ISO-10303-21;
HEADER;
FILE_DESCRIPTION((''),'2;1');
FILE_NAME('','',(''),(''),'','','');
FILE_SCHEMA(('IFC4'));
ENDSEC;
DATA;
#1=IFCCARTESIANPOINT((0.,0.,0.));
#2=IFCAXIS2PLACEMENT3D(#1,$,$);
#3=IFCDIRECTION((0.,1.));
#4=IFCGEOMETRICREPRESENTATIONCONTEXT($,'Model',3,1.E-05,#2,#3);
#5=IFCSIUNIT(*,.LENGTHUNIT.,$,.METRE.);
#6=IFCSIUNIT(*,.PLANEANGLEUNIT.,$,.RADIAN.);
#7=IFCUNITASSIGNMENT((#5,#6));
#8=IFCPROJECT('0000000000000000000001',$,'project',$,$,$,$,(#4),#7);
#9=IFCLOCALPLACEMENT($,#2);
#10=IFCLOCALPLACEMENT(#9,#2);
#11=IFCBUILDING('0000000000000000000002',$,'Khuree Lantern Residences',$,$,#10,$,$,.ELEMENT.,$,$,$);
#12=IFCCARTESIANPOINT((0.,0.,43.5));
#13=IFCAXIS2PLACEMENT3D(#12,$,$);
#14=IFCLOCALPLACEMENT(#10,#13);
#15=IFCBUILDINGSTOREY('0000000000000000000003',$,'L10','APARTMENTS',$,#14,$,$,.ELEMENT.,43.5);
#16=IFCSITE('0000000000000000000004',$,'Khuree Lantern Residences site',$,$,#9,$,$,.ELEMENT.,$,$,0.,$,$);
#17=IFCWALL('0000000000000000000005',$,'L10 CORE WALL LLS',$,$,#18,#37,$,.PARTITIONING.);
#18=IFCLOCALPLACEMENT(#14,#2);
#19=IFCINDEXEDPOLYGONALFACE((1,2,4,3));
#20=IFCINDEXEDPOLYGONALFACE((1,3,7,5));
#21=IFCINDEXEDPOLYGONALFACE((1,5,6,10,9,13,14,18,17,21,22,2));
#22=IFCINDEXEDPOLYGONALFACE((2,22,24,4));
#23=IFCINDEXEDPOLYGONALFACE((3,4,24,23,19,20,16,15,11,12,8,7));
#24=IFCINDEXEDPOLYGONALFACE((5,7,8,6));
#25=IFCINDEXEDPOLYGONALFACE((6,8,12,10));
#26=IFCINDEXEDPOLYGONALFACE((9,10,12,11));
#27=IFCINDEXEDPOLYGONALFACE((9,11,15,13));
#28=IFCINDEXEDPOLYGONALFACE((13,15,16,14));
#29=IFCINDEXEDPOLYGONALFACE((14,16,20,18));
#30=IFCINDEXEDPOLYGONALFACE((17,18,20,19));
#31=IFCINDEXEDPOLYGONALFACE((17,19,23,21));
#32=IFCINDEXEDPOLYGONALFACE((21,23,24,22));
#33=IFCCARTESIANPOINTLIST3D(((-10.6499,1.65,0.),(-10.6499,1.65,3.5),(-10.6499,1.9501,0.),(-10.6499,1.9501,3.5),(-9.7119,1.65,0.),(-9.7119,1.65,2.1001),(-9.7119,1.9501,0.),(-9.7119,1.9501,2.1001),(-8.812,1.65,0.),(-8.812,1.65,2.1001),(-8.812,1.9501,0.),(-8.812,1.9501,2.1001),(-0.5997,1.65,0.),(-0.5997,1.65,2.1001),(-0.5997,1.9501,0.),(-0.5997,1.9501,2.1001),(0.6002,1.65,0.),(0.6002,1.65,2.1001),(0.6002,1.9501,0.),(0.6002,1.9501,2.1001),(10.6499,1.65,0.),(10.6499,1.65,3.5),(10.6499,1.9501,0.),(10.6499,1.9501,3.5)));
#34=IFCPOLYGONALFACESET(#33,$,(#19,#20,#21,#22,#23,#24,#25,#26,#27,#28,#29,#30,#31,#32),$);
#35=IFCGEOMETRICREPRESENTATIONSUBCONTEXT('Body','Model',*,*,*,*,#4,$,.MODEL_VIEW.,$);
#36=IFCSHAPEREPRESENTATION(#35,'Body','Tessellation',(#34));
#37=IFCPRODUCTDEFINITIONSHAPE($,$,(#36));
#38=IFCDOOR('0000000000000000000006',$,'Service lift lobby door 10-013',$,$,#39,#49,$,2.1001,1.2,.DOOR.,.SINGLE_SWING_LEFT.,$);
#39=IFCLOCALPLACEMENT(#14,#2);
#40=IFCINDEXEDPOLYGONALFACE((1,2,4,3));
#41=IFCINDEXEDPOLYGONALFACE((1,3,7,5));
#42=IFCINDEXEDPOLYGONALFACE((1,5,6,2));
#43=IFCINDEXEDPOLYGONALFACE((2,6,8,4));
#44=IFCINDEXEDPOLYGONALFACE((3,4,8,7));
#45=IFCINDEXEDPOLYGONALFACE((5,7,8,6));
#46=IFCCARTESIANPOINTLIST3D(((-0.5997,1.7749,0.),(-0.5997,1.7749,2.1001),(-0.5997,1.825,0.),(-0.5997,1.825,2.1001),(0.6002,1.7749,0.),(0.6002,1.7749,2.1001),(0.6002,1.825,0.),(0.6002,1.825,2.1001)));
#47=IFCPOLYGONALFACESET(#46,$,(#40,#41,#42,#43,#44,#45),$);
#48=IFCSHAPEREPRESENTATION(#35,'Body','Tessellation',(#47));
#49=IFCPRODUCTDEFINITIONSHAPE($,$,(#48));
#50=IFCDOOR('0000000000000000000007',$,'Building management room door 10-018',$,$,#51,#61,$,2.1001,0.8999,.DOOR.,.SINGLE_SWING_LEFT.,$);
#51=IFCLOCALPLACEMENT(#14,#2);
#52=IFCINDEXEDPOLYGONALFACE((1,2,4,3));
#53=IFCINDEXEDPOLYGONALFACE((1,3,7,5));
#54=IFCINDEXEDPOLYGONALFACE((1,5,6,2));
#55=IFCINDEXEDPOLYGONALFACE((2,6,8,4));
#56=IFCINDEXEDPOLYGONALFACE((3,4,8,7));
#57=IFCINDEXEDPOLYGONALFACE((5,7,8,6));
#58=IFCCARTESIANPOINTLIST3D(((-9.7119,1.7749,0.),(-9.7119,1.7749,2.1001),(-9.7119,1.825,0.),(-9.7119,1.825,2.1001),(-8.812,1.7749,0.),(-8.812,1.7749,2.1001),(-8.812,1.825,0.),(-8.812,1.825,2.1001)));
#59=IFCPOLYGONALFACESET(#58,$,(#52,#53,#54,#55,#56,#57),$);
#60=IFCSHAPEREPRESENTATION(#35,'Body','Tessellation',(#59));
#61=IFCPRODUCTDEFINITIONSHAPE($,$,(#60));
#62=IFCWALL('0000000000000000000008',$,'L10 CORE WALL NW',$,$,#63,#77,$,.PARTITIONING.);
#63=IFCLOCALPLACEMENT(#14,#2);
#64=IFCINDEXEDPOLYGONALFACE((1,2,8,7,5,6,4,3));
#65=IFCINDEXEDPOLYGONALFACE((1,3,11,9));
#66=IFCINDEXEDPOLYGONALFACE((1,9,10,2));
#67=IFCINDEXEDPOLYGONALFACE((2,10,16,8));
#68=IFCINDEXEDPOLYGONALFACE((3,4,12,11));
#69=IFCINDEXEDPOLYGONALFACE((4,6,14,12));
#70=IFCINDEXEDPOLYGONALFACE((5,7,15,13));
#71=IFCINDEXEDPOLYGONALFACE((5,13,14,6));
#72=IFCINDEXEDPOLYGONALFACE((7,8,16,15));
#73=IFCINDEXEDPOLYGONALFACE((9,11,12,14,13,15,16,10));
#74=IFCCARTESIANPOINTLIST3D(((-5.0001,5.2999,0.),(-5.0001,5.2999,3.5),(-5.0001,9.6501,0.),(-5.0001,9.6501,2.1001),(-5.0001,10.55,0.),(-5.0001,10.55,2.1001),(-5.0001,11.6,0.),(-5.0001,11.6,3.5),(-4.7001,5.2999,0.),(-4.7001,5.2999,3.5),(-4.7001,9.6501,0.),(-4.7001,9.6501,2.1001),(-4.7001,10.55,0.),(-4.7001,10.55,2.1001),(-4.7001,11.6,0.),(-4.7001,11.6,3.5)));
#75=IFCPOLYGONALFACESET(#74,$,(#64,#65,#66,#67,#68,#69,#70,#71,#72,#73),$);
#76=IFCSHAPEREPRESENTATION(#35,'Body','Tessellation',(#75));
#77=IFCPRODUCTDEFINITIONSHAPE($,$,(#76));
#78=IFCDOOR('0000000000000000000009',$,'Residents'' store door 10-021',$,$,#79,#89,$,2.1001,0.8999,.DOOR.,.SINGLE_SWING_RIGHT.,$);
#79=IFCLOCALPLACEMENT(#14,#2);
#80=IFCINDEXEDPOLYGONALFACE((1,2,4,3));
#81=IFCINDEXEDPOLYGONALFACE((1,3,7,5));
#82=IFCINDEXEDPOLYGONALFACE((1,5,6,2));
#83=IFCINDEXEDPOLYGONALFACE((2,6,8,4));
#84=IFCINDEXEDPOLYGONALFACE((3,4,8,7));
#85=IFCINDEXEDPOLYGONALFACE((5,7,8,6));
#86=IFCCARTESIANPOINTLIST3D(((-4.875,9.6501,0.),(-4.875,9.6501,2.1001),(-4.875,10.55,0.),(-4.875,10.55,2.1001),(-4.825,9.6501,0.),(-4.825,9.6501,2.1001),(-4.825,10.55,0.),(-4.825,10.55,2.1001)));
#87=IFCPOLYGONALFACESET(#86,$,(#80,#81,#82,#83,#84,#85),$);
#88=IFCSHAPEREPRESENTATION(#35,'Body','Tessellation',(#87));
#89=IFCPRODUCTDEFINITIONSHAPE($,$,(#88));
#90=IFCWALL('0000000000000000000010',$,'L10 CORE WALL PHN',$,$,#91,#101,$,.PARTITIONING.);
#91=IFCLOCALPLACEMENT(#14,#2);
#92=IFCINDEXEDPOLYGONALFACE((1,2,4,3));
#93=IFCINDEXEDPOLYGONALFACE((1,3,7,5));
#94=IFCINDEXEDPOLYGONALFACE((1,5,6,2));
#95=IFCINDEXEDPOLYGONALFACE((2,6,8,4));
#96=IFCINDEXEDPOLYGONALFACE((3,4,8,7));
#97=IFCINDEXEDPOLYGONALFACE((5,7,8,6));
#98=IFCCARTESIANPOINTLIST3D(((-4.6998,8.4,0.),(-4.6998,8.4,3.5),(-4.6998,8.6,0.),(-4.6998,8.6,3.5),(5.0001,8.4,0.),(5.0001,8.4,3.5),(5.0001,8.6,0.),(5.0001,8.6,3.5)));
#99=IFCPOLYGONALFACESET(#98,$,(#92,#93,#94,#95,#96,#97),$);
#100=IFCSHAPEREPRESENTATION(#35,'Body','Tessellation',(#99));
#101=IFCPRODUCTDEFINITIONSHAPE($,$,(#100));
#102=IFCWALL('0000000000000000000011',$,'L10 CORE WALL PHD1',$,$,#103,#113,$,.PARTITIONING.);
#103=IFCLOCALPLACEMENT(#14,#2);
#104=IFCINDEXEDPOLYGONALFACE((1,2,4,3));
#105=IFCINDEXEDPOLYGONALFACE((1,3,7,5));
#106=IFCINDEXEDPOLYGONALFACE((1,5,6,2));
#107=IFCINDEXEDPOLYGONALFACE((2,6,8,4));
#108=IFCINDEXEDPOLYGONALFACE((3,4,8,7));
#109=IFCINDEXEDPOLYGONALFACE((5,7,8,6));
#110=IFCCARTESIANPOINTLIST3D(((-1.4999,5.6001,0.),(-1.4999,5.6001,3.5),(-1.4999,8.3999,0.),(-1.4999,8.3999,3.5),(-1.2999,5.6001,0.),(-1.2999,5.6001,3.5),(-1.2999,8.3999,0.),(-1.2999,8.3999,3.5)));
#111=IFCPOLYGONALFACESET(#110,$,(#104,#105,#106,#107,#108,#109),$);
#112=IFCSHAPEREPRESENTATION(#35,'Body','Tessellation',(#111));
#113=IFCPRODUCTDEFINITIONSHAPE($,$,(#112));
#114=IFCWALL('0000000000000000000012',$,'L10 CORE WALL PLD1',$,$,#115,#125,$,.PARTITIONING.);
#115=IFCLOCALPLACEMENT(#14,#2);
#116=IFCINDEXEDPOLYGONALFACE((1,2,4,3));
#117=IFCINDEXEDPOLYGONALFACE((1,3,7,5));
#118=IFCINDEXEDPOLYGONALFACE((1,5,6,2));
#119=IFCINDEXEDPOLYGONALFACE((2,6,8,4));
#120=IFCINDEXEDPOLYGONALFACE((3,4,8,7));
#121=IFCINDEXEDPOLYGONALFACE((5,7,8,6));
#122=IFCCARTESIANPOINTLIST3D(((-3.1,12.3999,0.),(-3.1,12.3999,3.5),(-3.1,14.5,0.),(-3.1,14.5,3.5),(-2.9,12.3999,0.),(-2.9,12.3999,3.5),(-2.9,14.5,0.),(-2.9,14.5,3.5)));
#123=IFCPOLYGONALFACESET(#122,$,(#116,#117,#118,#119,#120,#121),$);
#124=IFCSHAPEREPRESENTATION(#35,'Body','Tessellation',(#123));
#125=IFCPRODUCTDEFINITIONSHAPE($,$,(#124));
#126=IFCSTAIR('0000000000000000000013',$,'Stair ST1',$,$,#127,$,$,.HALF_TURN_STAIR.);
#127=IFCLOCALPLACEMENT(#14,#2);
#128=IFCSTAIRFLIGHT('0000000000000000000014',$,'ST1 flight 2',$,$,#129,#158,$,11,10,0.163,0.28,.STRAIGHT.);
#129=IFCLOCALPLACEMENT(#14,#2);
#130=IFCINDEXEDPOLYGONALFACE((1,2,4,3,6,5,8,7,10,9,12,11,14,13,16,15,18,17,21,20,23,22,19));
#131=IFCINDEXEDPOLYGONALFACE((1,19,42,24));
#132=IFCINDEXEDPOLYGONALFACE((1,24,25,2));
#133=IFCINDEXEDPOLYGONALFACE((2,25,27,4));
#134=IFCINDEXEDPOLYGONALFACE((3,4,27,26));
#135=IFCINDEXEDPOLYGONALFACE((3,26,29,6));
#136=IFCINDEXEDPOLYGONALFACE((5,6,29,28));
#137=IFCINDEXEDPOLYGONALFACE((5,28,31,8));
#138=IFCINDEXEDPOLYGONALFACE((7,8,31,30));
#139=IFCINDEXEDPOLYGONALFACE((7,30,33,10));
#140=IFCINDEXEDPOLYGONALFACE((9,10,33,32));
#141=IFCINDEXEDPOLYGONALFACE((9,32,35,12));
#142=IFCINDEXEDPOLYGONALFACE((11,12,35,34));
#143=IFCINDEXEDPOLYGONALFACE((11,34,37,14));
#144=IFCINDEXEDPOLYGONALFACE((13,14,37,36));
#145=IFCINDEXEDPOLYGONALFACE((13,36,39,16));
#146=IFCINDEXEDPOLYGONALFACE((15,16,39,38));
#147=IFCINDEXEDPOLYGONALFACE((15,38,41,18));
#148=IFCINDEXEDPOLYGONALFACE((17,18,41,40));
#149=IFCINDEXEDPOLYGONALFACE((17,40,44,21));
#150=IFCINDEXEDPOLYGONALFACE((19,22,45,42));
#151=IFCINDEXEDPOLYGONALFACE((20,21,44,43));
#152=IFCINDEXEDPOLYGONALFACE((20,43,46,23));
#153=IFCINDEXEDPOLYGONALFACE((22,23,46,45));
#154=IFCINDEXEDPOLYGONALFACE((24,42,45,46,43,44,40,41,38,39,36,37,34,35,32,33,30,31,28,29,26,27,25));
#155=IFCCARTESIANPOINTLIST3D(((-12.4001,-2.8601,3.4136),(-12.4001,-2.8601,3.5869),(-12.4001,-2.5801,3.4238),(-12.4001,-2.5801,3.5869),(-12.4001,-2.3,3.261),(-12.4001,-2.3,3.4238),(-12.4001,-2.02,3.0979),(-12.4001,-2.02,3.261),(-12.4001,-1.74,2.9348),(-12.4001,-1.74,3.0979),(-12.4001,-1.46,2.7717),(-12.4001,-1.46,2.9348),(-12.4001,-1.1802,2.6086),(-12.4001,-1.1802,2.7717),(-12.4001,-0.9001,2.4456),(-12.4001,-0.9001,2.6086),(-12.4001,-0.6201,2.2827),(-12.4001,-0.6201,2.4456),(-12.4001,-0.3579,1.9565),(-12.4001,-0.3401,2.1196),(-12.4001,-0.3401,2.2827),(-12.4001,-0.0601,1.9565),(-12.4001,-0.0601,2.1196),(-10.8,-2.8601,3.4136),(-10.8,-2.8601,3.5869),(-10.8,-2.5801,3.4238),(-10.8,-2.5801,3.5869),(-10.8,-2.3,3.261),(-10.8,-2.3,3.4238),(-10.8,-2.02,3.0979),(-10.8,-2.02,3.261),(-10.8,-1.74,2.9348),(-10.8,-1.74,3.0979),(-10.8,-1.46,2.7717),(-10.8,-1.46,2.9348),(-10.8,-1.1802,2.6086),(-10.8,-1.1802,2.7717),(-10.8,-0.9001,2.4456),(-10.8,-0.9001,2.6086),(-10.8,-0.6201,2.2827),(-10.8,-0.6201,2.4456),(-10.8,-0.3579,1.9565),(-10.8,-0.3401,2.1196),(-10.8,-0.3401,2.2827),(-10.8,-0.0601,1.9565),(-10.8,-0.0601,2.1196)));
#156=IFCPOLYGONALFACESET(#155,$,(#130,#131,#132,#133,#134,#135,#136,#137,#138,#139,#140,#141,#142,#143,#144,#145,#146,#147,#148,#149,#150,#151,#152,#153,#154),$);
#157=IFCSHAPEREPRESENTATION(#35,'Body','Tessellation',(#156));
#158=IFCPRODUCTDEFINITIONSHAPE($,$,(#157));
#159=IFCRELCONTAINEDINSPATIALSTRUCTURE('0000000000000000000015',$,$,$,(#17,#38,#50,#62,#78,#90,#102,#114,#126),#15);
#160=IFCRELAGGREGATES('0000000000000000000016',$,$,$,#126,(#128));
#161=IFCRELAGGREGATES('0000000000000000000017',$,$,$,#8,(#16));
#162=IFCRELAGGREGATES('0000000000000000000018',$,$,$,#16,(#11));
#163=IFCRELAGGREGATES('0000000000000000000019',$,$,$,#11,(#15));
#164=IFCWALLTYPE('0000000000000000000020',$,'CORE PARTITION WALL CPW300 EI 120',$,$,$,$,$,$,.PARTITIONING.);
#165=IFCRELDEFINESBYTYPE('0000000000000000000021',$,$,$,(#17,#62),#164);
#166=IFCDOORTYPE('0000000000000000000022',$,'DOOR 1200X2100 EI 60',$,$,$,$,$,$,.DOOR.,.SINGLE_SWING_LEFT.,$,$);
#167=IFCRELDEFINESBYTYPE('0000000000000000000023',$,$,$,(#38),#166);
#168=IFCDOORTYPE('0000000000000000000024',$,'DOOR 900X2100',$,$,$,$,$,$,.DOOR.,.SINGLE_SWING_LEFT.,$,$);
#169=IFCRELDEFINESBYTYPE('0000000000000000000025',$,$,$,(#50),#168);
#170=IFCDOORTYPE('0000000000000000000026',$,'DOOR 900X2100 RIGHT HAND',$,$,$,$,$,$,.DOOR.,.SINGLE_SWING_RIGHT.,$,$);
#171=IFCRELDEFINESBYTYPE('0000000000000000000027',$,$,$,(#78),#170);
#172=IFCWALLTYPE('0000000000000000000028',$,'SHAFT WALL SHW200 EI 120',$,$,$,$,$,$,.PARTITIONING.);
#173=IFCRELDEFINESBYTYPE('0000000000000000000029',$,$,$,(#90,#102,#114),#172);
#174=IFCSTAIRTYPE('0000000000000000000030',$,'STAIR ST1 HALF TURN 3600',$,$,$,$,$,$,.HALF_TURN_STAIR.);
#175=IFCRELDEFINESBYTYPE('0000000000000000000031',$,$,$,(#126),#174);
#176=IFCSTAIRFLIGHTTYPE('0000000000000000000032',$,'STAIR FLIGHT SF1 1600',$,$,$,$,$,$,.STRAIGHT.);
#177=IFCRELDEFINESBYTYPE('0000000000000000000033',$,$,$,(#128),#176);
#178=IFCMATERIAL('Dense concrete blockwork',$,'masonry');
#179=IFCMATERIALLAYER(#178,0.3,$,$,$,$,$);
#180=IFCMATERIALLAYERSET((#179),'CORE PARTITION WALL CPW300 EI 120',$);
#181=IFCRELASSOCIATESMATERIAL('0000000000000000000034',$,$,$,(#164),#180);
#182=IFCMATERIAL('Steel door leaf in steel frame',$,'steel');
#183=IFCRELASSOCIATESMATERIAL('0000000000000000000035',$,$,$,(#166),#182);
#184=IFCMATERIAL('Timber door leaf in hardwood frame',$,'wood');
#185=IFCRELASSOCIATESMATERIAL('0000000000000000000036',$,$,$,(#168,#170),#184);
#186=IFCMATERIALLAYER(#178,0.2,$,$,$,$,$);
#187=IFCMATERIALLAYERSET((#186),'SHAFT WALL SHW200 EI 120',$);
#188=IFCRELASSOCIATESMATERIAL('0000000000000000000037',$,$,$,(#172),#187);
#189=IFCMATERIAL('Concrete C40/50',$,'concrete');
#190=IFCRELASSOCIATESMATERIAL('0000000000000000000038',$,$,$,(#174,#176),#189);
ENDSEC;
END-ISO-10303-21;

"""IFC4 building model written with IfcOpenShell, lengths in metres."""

from ifc_helpers import new_model, si_unit, direction, frame, frame_2d, origin, place, context, subcontext, project, spatial, polyline, rectangle, outline, extrude, material, layer, layer_set, type_object, element, fill, aggregate, save


model = new_model("IFC4")

# Units and contexts
model_context = context("Model", 3, precision=1e-05, world=origin(), true_north=direction((0.0, 1.0)))
body_context = subcontext(model_context, "Body", "Model", "MODEL_VIEW")
ifc_project = project(units=[si_unit("LENGTHUNIT", "METRE"), si_unit("PLANEANGLEUNIT", "RADIAN")], contexts=[model_context])

# Site, building, storey
site_placement = place(None, origin())
site = spatial("IfcSite", under=ifc_project, at=site_placement, Name="Khuree Lantern Residences site", CompositionType="ELEMENT", RefElevation=0.0)
building_placement = place(site_placement, origin())
building = spatial("IfcBuilding", under=site, at=building_placement, Name="Khuree Lantern Residences", CompositionType="ELEMENT")
storey_placement = place(building_placement, frame((0.0, 0.0, 43.5)))
storey = spatial("IfcBuildingStorey", under=building, at=storey_placement, Name="L10", Description="APARTMENTS", CompositionType="ELEMENT", Elevation=43.5)

# Shared definitions
ifc_material_1 = material(Name="Dense concrete blockwork", Category="masonry")
ifc_layer_1 = layer(ifc_material_1, 0.3)
ifc_layer_set_1 = layer_set([ifc_layer_1], Name="CORE PARTITION WALL CPW300 EI 120")
wall_type_1 = type_object("IfcWallType", Name="CORE PARTITION WALL CPW300 EI 120", PredefinedType="PARTITIONING", material=ifc_layer_set_1)

# Wall, openings, doors
wall_1_placement = place(storey_placement, frame((-10.6499, 1.8, 0.0), z_axis=(0.0, 0.0, 1.0), x_axis=(1.0, 0.0, 0.0)))
wall_1 = element("IfcWall", 1, at=wall_1_placement, inside=storey, type_object=wall_type_1, Name="L10 CORE WALL LLS", PredefinedType="PARTITIONING", context=body_context, shape_type="SweptSolid", body=[
    extrude(rectangle(XDim=21.2998, YDim=0.3, at=frame_2d((10.6499, 0.0))), origin(), (0.0, 0.0, 1.0), 3.5),
])
opening_1_placement = place(wall_1_placement, frame((10.05, 0.0, 0.0)))
opening_1 = element("IfcOpeningElement", 2, at=opening_1_placement, cuts=wall_1, PredefinedType="OPENING", context=body_context, shape_type="SweptSolid", body=[
    extrude(rectangle(XDim=1.2, YDim=2.1001, at=frame_2d((0.6001, 1.05))), frame((0.0, 0.1602, 0.0), z_axis=(0.0, -1.0, 0.0), x_axis=(1.0, 0.0, 0.0)), (0.0, 0.0, 1.0), 0.3201),
])
opening_2_placement = place(wall_1_placement, frame((0.938, 0.0, 0.0)))
opening_2 = element("IfcOpeningElement", 3, at=opening_2_placement, cuts=wall_1, PredefinedType="OPENING", context=body_context, shape_type="SweptSolid", body=[
    extrude(rectangle(XDim=0.8999, YDim=2.1001, at=frame_2d((0.45, 1.05))), frame((0.0, 0.1602, 0.0), z_axis=(0.0, -1.0, 0.0), x_axis=(1.0, 0.0, 0.0)), (0.0, 0.0, 1.0), 0.3201),
])
ifc_material_2 = material(Name="Steel door leaf in steel frame", Category="steel")
door_type_1 = type_object("IfcDoorType", Name="DOOR 1200X2100 EI 60", OperationType="SINGLE_SWING_LEFT", PredefinedType="DOOR", material=ifc_material_2)
door_1_placement = place(opening_1_placement, origin())
door_1 = element("IfcDoor", 4, at=door_1_placement, inside=storey, type_object=door_type_1, Name="Service lift lobby door 10-013", OperationType="SINGLE_SWING_LEFT", OverallHeight=2.1001, OverallWidth=1.2, PredefinedType="DOOR", context=body_context, shape_type="SweptSolid", body=[
    extrude(rectangle(XDim=1.2, YDim=2.1001, at=frame_2d((0.6001, 1.05))), frame((0.0, 0.0249, 0.0), z_axis=(0.0, -1.0, 0.0), x_axis=(1.0, 0.0, 0.0)), (0.0, 0.0, 1.0), 0.05),
])
fill(opening_1, door_1)
ifc_material_3 = material(Name="Timber door leaf in hardwood frame", Category="wood")
door_type_2 = type_object("IfcDoorType", Name="DOOR 900X2100", OperationType="SINGLE_SWING_LEFT", PredefinedType="DOOR", material=ifc_material_3)
door_2_placement = place(opening_2_placement, origin())
door_2 = element("IfcDoor", 5, at=door_2_placement, inside=storey, type_object=door_type_2, Name="Building management room door 10-018", OperationType="SINGLE_SWING_LEFT", OverallHeight=2.1001, OverallWidth=0.8999, PredefinedType="DOOR", context=body_context, shape_type="SweptSolid", body=[
    extrude(rectangle(XDim=0.8999, YDim=2.1001, at=frame_2d((0.45, 1.05))), frame((0.0, 0.0249, 0.0), z_axis=(0.0, -1.0, 0.0), x_axis=(1.0, 0.0, 0.0)), (0.0, 0.0, 1.0), 0.05),
])
fill(opening_2, door_2)

# Wall, opening, door
wall_2_placement = place(storey_placement, frame((-4.8501, 5.3, 0.0), z_axis=(0.0, 0.0, 1.0), x_axis=(0.0, 1.0, 0.0)))
wall_2 = element("IfcWall", 6, at=wall_2_placement, inside=storey, type_object=wall_type_1, Name="L10 CORE WALL NW", PredefinedType="PARTITIONING", context=body_context, shape_type="SweptSolid", body=[
    extrude(rectangle(XDim=6.3, YDim=0.3, at=frame_2d((3.1499, 0.0))), origin(), (0.0, 0.0, 1.0), 3.5),
])
opening_3_placement = place(wall_2_placement, frame((4.3501, 0.0, 0.0)))
opening_3 = element("IfcOpeningElement", 7, at=opening_3_placement, cuts=wall_2, PredefinedType="OPENING", context=body_context, shape_type="SweptSolid", body=[
    extrude(rectangle(XDim=0.8999, YDim=2.1001, at=frame_2d((0.45, 1.05))), frame((0.0, 0.1602, 0.0), z_axis=(0.0, -1.0, 0.0), x_axis=(1.0, 0.0, 0.0)), (0.0, 0.0, 1.0), 0.3201),
])
door_type_3 = type_object("IfcDoorType", Name="DOOR 900X2100 RIGHT HAND", OperationType="SINGLE_SWING_RIGHT", PredefinedType="DOOR", material=ifc_material_3)
door_3_placement = place(opening_3_placement, origin())
door_3 = element("IfcDoor", 8, at=door_3_placement, inside=storey, type_object=door_type_3, Name="Residents' store door 10-021", OperationType="SINGLE_SWING_RIGHT", OverallHeight=2.1001, OverallWidth=0.8999, PredefinedType="DOOR", context=body_context, shape_type="SweptSolid", body=[
    extrude(rectangle(XDim=0.8999, YDim=2.1001, at=frame_2d((0.45, 1.05))), frame((0.0, 0.0249, 0.0), z_axis=(0.0, -1.0, 0.0), x_axis=(1.0, 0.0, 0.0)), (0.0, 0.0, 1.0), 0.05),
])
fill(opening_3, door_3)

# Walls
ifc_layer_2 = layer(ifc_material_1, 0.2)
ifc_layer_set_2 = layer_set([ifc_layer_2], Name="SHAFT WALL SHW200 EI 120")
wall_type_2 = type_object("IfcWallType", Name="SHAFT WALL SHW200 EI 120", PredefinedType="PARTITIONING", material=ifc_layer_set_2)
wall_3_placement = place(storey_placement, frame((-4.7, 8.5, 0.0), z_axis=(0.0, 0.0, 1.0), x_axis=(1.0, 0.0, 0.0)))
element("IfcWall", 9, at=wall_3_placement, inside=storey, type_object=wall_type_2, Name="L10 CORE WALL PHN", PredefinedType="PARTITIONING", context=body_context, shape_type="SweptSolid", body=[
    extrude(rectangle(XDim=9.7, YDim=0.2, at=frame_2d((4.8501, 0.0))), origin(), (0.0, 0.0, 1.0), 3.5),
])
wall_4_placement = place(storey_placement, frame((-1.3999, 5.6001, 0.0), z_axis=(0.0, 0.0, 1.0), x_axis=(0.0, 1.0, 0.0)))
element("IfcWall", 10, at=wall_4_placement, inside=storey, type_object=wall_type_2, Name="L10 CORE WALL PHD1", PredefinedType="PARTITIONING", context=body_context, shape_type="SweptSolid", body=[
    extrude(rectangle(XDim=2.7998, YDim=0.2, at=frame_2d((1.3999, 0.0))), origin(), (0.0, 0.0, 1.0), 3.5),
])
wall_5_placement = place(storey_placement, frame((-3.0, 12.3999, 0.0), z_axis=(0.0, 0.0, 1.0), x_axis=(0.0, 1.0, 0.0)))
element("IfcWall", 11, at=wall_5_placement, inside=storey, type_object=wall_type_2, Name="L10 CORE WALL PLD1", PredefinedType="PARTITIONING", context=body_context, shape_type="SweptSolid", body=[
    extrude(rectangle(XDim=2.1001, YDim=0.2, at=frame_2d((1.05, 0.0))), origin(), (0.0, 0.0, 1.0), 3.5),
])

# Stair, stair flight
ifc_material_4 = material(Name="Concrete C40/50", Category="concrete")
stair_type = type_object("IfcStairType", Name="STAIR ST1 HALF TURN 3600", PredefinedType="HALF_TURN_STAIR", material=ifc_material_4)
stair_placement = place(storey_placement, origin())
stair = element("IfcStair", 12, at=stair_placement, inside=storey, type_object=stair_type, Name="Stair ST1", PredefinedType="HALF_TURN_STAIR")
stair_flight_type = type_object("IfcStairFlightType", Name="STAIR FLIGHT SF1 1600", PredefinedType="STRAIGHT", material=ifc_material_4)
stair_flight_placement = place(storey_placement, frame((-11.6001, -0.0601, 1.9565), z_axis=(0.0, 0.0, 1.0), x_axis=(0.0, -1.0, 0.0)))
stair_flight = element("IfcStairFlight", 13, at=stair_flight_placement, type_object=stair_flight_type, Name="ST1 flight 2", NumberOfRisers=11, NumberOfTreads=10, PredefinedType="STRAIGHT", RiserHeight=0.163, TreadLength=0.28, context=body_context, shape_type="SweptSolid", body=[
    extrude(outline(polyline([(0.0, 0.0), (0.0, 0.1631), (0.28, 0.1631), (0.28, 0.3262), (0.5601, 0.3262), (0.5601, 0.489), (0.8401, 0.489), (0.8401, 0.6521), (1.1201, 0.6521), (1.1201, 0.8152), (1.3999, 0.8152), (1.3999, 0.9783), (1.6799, 0.9783), (1.6799, 1.1414), (1.96, 1.1414), (1.96, 1.3044), (2.24, 1.3044), (2.24, 1.4673), (2.52, 1.4673), (2.52, 1.6304), (2.8, 1.6304), (2.8, 1.7935), (2.8, 1.457), (0.2979, 0.0), (0.0, 0.0)])), frame((0.0, 0.8, 0.0), z_axis=(0.0, -1.0, 0.0), x_axis=(1.0, 0.0, 0.0)), (0.0, 0.0, 1.0), 1.6001),
])
aggregate(stair, [stair_flight])

save(model, "model.ifc")
